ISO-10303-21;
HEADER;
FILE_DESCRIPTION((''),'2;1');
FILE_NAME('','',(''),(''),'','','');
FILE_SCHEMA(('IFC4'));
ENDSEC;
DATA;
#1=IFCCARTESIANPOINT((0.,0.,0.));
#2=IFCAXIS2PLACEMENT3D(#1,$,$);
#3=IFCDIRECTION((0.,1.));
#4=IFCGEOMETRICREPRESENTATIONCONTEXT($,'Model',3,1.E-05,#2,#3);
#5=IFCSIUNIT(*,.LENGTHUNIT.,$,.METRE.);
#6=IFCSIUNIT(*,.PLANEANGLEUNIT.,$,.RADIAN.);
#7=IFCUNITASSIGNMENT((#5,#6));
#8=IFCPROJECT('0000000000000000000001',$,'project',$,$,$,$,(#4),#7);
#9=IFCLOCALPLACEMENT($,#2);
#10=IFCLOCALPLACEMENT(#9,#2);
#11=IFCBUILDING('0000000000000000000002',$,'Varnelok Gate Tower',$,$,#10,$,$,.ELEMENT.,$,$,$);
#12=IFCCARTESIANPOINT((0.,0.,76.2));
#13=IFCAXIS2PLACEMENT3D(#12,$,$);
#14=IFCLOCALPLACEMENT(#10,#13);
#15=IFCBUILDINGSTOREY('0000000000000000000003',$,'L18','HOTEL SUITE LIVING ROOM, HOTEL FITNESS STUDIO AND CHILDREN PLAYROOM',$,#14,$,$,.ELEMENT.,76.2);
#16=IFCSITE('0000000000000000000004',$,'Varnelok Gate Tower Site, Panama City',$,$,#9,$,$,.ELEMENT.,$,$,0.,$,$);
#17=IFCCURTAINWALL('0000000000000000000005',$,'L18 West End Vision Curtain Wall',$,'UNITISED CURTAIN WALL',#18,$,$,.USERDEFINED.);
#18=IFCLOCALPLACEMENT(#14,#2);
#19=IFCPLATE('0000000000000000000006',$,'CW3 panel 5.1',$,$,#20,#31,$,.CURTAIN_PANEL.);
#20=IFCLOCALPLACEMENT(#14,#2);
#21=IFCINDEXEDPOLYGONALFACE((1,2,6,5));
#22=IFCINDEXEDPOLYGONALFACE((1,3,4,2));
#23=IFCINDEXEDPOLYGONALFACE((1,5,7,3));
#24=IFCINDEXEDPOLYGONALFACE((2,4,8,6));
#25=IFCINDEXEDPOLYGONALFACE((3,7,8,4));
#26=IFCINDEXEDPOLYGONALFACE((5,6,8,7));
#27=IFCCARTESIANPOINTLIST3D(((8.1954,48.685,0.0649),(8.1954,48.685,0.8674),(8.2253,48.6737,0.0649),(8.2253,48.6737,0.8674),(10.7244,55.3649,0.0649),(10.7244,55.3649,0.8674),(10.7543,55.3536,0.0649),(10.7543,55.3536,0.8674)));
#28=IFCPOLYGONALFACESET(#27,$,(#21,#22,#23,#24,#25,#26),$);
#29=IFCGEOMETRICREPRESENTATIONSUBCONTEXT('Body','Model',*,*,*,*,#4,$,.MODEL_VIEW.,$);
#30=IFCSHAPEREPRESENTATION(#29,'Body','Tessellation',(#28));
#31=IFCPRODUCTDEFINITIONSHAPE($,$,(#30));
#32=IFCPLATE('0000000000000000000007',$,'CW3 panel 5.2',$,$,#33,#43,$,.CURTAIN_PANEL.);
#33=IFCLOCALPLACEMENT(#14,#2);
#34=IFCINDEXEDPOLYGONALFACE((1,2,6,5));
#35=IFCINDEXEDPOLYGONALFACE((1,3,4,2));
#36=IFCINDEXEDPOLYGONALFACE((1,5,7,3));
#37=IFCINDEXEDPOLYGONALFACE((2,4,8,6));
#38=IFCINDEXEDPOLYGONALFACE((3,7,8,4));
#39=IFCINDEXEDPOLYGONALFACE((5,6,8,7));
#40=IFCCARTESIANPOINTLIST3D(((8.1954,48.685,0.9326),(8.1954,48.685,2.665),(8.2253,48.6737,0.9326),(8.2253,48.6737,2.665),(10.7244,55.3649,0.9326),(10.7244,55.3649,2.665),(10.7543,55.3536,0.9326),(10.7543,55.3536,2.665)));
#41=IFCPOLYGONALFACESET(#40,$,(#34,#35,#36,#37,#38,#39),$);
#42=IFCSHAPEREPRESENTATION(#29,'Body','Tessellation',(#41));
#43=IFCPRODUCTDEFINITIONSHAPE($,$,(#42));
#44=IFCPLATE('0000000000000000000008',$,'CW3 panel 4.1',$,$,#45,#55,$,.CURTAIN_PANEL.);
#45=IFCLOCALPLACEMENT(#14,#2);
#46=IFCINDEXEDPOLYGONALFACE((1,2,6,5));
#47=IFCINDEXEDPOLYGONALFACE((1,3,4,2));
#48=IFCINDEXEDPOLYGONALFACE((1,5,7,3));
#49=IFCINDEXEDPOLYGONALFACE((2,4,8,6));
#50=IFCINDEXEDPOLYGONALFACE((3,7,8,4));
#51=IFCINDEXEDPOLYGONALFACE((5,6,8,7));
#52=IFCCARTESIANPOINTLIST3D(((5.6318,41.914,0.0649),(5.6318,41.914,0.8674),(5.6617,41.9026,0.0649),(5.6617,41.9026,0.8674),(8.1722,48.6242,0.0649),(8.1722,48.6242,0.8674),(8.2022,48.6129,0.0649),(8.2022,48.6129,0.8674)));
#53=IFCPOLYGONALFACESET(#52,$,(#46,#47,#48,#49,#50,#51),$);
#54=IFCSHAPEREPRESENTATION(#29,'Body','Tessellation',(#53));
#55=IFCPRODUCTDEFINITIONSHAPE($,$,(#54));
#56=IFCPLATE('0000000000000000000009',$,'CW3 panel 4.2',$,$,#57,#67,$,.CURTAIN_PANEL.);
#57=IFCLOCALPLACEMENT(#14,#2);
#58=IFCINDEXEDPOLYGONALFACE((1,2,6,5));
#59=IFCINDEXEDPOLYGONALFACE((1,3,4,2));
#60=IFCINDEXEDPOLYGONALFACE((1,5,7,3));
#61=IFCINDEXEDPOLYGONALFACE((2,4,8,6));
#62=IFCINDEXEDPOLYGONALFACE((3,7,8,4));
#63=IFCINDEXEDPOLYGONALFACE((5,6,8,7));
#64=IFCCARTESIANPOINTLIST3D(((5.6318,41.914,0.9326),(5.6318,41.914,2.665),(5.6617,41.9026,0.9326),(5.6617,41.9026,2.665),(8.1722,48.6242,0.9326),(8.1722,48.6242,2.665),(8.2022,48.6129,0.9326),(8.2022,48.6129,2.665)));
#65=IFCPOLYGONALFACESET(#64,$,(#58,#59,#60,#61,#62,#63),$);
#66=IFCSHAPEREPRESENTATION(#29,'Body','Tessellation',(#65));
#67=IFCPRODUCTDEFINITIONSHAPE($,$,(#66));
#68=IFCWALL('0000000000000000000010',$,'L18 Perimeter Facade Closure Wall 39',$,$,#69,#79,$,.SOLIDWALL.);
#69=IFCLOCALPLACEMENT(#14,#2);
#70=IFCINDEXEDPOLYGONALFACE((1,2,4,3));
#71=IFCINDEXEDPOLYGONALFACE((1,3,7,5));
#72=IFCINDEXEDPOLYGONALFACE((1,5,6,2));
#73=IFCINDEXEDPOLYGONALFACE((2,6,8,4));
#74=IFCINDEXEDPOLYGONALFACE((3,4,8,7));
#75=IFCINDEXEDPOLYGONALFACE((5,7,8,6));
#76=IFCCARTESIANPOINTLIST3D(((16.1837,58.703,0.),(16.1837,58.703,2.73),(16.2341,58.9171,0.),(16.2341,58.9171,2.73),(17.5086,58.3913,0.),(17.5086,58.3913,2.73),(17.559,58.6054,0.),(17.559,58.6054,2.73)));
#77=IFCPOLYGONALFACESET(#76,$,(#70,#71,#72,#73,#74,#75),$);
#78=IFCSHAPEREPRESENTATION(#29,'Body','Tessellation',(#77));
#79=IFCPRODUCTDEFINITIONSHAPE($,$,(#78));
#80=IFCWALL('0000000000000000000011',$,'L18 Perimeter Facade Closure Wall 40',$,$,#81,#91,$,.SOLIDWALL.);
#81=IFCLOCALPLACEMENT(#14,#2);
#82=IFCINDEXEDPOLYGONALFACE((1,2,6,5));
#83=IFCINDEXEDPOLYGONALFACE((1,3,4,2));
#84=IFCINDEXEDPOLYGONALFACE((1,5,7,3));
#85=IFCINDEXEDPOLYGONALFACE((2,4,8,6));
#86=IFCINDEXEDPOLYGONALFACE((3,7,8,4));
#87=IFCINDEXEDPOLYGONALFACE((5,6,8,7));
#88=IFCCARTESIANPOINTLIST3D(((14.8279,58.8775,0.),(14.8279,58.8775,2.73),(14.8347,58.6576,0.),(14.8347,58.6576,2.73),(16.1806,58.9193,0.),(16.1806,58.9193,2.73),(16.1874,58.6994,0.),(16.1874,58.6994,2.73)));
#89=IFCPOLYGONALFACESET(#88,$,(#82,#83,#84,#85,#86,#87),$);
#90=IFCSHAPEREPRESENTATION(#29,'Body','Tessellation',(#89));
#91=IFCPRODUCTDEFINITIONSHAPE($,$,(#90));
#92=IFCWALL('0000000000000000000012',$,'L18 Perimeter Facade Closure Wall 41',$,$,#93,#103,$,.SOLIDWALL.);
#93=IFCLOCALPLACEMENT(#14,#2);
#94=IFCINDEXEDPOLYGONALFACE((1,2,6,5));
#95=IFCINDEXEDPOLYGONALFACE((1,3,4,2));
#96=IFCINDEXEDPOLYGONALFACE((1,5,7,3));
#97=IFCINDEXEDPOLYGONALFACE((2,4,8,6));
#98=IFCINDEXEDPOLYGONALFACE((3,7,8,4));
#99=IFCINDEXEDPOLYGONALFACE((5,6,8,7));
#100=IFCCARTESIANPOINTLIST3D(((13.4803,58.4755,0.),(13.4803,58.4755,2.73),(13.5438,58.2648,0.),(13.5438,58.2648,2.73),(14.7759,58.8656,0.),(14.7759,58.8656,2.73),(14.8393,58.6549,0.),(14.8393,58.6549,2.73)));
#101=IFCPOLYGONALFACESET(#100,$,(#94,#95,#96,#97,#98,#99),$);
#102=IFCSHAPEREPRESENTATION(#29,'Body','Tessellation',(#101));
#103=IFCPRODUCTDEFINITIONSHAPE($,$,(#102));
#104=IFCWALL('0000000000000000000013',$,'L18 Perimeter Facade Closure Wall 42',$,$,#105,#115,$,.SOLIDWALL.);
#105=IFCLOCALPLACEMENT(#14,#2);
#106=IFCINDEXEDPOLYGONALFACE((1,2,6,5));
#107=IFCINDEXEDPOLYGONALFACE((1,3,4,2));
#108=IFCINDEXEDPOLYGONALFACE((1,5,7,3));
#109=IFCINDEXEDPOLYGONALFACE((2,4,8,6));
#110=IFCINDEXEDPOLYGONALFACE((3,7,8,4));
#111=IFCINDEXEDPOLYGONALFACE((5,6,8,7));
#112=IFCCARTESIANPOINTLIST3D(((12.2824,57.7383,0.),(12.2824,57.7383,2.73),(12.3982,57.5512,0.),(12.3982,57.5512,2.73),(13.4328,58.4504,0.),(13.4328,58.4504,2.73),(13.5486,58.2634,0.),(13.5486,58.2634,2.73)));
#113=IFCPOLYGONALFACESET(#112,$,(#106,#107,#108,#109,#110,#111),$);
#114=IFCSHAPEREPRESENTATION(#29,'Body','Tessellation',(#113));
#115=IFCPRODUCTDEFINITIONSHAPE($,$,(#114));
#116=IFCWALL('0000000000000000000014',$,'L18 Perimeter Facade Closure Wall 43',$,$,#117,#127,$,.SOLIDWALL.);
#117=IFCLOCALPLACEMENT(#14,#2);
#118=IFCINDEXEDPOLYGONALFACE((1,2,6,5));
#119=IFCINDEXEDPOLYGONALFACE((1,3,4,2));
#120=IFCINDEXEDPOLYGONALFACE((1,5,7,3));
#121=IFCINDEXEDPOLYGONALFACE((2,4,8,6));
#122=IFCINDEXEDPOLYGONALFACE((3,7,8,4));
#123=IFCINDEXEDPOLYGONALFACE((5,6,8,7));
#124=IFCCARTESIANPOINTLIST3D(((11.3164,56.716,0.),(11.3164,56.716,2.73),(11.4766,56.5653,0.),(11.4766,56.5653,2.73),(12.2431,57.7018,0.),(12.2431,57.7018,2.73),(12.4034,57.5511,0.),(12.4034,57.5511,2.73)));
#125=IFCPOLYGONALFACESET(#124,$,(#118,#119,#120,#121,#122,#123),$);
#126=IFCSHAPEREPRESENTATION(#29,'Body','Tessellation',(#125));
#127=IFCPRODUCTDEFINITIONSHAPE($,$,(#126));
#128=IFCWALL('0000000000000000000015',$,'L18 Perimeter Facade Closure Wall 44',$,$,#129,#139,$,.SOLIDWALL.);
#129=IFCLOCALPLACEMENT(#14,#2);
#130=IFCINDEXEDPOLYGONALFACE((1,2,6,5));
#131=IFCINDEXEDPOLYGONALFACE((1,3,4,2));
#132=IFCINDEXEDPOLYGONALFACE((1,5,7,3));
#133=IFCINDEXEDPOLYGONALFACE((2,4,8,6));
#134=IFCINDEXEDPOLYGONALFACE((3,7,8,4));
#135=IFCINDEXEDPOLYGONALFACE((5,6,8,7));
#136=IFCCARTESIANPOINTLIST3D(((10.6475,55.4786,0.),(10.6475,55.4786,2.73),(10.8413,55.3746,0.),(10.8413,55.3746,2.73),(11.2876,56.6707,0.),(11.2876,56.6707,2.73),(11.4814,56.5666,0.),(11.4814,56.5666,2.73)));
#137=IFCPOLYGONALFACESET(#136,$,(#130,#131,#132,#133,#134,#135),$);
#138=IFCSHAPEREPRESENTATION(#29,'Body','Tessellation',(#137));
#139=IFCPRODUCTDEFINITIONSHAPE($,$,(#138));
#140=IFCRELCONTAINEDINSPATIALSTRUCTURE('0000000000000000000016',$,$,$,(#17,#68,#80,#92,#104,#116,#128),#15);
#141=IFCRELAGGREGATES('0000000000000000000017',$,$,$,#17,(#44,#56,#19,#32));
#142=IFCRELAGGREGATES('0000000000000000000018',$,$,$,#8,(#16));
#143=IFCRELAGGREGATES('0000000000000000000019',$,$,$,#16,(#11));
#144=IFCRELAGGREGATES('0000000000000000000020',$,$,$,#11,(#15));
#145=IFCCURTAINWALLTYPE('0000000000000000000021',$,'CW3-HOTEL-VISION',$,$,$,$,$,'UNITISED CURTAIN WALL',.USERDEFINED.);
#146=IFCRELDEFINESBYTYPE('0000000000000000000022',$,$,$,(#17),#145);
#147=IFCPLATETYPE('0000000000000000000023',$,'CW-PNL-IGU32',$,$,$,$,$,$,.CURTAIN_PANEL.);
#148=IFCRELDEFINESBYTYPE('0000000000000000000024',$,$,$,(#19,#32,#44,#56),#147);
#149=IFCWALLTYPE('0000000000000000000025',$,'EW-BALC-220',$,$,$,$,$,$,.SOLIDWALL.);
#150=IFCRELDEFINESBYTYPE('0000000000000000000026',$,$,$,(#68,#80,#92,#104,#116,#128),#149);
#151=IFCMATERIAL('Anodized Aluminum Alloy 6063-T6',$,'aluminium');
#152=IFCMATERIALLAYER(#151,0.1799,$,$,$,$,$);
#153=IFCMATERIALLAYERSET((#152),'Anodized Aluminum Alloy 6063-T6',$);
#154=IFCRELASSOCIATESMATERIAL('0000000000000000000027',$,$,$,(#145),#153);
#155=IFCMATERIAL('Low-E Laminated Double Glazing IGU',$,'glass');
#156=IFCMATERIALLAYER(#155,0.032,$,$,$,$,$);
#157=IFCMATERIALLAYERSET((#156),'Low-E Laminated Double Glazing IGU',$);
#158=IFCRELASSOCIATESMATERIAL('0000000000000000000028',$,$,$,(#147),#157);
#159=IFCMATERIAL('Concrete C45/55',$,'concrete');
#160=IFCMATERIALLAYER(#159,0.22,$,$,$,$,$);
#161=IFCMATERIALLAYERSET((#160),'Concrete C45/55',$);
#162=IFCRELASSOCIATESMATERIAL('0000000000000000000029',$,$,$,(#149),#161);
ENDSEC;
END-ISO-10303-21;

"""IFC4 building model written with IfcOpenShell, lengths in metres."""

from ifc_helpers import new_model, si_unit, direction, frame, frame_2d, origin, origin_2d, place, context, subcontext, project, spatial, rectangle, extrude, source, transform, mapped, material, layer, layer_set, type_object, element, aggregate, save


model = new_model("IFC4")

# Units and contexts
model_context = context("Model", 3, precision=1e-05, world=origin(), true_north=direction((0.0, 1.0)))
body_context = subcontext(model_context, "Body", "Model", "MODEL_VIEW")
ifc_project = project(units=[si_unit("LENGTHUNIT", "METRE"), si_unit("PLANEANGLEUNIT", "RADIAN")], contexts=[model_context])

# Site, building, storey
site_placement = place(None, origin())
site = spatial("IfcSite", under=ifc_project, at=site_placement, Name="Varnelok Gate Tower Site, Panama City", CompositionType="ELEMENT", RefElevation=0.0)
building_placement = place(site_placement, origin())
building = spatial("IfcBuilding", under=site, at=building_placement, Name="Varnelok Gate Tower", CompositionType="ELEMENT")
storey_placement = place(building_placement, frame((0.0, 0.0, 76.2)))
storey = spatial("IfcBuildingStorey", under=building, at=storey_placement, Name="L18", Description="HOTEL SUITE LIVING ROOM, HOTEL FITNESS STUDIO AND CHILDREN PLAYROOM", CompositionType="ELEMENT", Elevation=76.2)

# Curtain wall, plates
ifc_material_1 = material(Name="Anodized Aluminum Alloy 6063-T6", Category="aluminium")
ifc_layer_1 = layer(ifc_material_1, 0.1799)
ifc_layer_set_1 = layer_set([ifc_layer_1], Name="Anodized Aluminum Alloy 6063-T6")
curtain_wall_type = type_object("IfcCurtainWallType", Name="CW3-HOTEL-VISION", ElementType="UNITISED CURTAIN WALL", PredefinedType="USERDEFINED", material=ifc_layer_set_1)
curtain_wall_placement = place(storey_placement, origin())
curtain_wall = element("IfcCurtainWall", 1, at=curtain_wall_placement, inside=storey, type_object=curtain_wall_type, Name="L18 West End Vision Curtain Wall", ObjectType="UNITISED CURTAIN WALL", PredefinedType="USERDEFINED")
ifc_material_2 = material(Name="Low-E Laminated Double Glazing IGU", Category="glass")
ifc_layer_2 = layer(ifc_material_2, 0.032)
ifc_layer_set_2 = layer_set([ifc_layer_2], Name="Low-E Laminated Double Glazing IGU")
plate_type = type_object("IfcPlateType", Name="CW-PNL-IGU32", PredefinedType="CURTAIN_PANEL", material=ifc_layer_set_2)
shared_shape_1 = source(origin(), body_context, "Body", "SweptSolid", [
    extrude(rectangle(XDim=7.1426, YDim=0.032, at=origin_2d()), origin(), (0.0, 0.0, 1.0), 0.8025),
])
plate_1_placement = place(storey_placement, frame((9.4749, 52.0193, 0.0649), z_axis=(0.0, 0.0, 1.0), x_axis=(0.354064, 0.935221, 0.0)))
plate_1 = element("IfcPlate", 2, at=plate_1_placement, type_object=plate_type, Name="CW3 panel 5.1", PredefinedType="CURTAIN_PANEL", context=body_context, shape_type="MappedRepresentation", body=[
    mapped(shared_shape_1, transform((0.0, 0.0, 0.0), scale=1.0)),
])
shared_shape_2 = source(origin(), body_context, "Body", "SweptSolid", [
    extrude(rectangle(XDim=7.1426, YDim=0.032, at=origin_2d()), origin(), (0.0, 0.0, 1.0), 1.7324),
])
plate_2_placement = place(storey_placement, frame((9.4749, 52.0193, 0.9326), z_axis=(0.0, 0.0, 1.0), x_axis=(0.354064, 0.935221, 0.0)))
plate_2 = element("IfcPlate", 3, at=plate_2_placement, type_object=plate_type, Name="CW3 panel 5.2", PredefinedType="CURTAIN_PANEL", context=body_context, shape_type="MappedRepresentation", body=[
    mapped(shared_shape_2, transform((0.0, 0.0, 0.0), scale=1.0)),
])
shared_shape_3 = source(origin(), body_context, "Body", "SweptSolid", [
    extrude(rectangle(XDim=7.175, YDim=0.032, at=origin_2d()), origin(), (0.0, 0.0, 1.0), 0.8025),
])
plate_3_placement = place(storey_placement, frame((6.917, 45.2634, 0.0649), z_axis=(0.0, 0.0, 1.0), x_axis=(0.354064, 0.935221, 0.0)))
plate_3 = element("IfcPlate", 4, at=plate_3_placement, type_object=plate_type, Name="CW3 panel 4.1", PredefinedType="CURTAIN_PANEL", context=body_context, shape_type="MappedRepresentation", body=[
    mapped(shared_shape_3, transform((0.0, 0.0, 0.0), scale=1.0)),
])
shared_shape_4 = source(origin(), body_context, "Body", "SweptSolid", [
    extrude(rectangle(XDim=7.175, YDim=0.032, at=origin_2d()), origin(), (0.0, 0.0, 1.0), 1.7324),
])
plate_4_placement = place(storey_placement, frame((6.917, 45.2634, 0.9326), z_axis=(0.0, 0.0, 1.0), x_axis=(0.354064, 0.935221, 0.0)))
plate_4 = element("IfcPlate", 5, at=plate_4_placement, type_object=plate_type, Name="CW3 panel 4.2", PredefinedType="CURTAIN_PANEL", context=body_context, shape_type="MappedRepresentation", body=[
    mapped(shared_shape_4, transform((0.0, 0.0, 0.0), scale=1.0)),
])
aggregate(curtain_wall, [plate_3, plate_4, plate_1, plate_2])

# Walls
ifc_material_3 = material(Name="Concrete C45/55", Category="concrete")
ifc_layer_3 = layer(ifc_material_3, 0.22)
ifc_layer_set_3 = layer_set([ifc_layer_3], Name="Concrete C45/55")
wall_type = type_object("IfcWallType", Name="EW-BALC-220", PredefinedType="SOLIDWALL", material=ifc_layer_set_3)
wall_1_placement = place(storey_placement, frame((17.5339, 58.4983, 0.0), z_axis=(0.0, 0.0, 1.0), x_axis=(-0.973415, 0.229049, 0.0)))
element("IfcWall", 6, at=wall_1_placement, inside=storey, type_object=wall_type, Name="L18 Perimeter Facade Closure Wall 39", PredefinedType="SOLIDWALL", context=body_context, shape_type="SweptSolid", body=[
    extrude(rectangle(XDim=1.3611, YDim=0.22, at=frame_2d((0.6807, 0.0))), origin(), (0.0, 0.0, 1.0), 2.73),
])
wall_2_placement = place(storey_placement, frame((16.1841, 58.8093, 0.0), z_axis=(0.0, 0.0, 1.0), x_axis=(-0.999524, -0.030852, 0.0)))
element("IfcWall", 7, at=wall_2_placement, inside=storey, type_object=wall_type, Name="L18 Perimeter Facade Closure Wall 40", PredefinedType="SOLIDWALL", context=body_context, shape_type="SweptSolid", body=[
    extrude(rectangle(XDim=1.3533, YDim=0.22, at=frame_2d((0.6768, 0.0))), origin(), (0.0, 0.0, 1.0), 2.73),
])
for number, where, z_axis, x_axis, name in (
    (8, (14.8076, 58.7603, 0.0), (0.0, 0.0, 1.0), (-0.957533, -0.288324, 0.0), "L18 Perimeter Facade Closure Wall 41"),
    (9, (13.4907, 58.3569, 0.0), (0.0, 0.0, 1.0), (-0.850261, -0.526361, 0.0), "L18 Perimeter Facade Closure Wall 42"),
    (10, (12.3232, 57.6265, 0.0), (0.0, 0.0, 1.0), (-0.684937, -0.728602, 0.0), "L18 Perimeter Facade Closure Wall 43"),
    (11, (11.3845, 56.6187, 0.0), (0.0, 0.0, 1.0), (-0.473077, -0.881021, 0.0), "L18 Perimeter Facade Closure Wall 44"),
):
    element("IfcWall", number, at=place(storey_placement, frame(where, z_axis=z_axis, x_axis=x_axis)), inside=storey, type_object=wall_type, Name=name, PredefinedType="SOLIDWALL", context=body_context, shape_type="SweptSolid", body=[
        extrude(rectangle(XDim=1.353, YDim=0.22, at=frame_2d((0.6765, 0.0))), origin(), (0.0, 0.0, 1.0), 2.73),
    ])

save(model, "model.ifc")
